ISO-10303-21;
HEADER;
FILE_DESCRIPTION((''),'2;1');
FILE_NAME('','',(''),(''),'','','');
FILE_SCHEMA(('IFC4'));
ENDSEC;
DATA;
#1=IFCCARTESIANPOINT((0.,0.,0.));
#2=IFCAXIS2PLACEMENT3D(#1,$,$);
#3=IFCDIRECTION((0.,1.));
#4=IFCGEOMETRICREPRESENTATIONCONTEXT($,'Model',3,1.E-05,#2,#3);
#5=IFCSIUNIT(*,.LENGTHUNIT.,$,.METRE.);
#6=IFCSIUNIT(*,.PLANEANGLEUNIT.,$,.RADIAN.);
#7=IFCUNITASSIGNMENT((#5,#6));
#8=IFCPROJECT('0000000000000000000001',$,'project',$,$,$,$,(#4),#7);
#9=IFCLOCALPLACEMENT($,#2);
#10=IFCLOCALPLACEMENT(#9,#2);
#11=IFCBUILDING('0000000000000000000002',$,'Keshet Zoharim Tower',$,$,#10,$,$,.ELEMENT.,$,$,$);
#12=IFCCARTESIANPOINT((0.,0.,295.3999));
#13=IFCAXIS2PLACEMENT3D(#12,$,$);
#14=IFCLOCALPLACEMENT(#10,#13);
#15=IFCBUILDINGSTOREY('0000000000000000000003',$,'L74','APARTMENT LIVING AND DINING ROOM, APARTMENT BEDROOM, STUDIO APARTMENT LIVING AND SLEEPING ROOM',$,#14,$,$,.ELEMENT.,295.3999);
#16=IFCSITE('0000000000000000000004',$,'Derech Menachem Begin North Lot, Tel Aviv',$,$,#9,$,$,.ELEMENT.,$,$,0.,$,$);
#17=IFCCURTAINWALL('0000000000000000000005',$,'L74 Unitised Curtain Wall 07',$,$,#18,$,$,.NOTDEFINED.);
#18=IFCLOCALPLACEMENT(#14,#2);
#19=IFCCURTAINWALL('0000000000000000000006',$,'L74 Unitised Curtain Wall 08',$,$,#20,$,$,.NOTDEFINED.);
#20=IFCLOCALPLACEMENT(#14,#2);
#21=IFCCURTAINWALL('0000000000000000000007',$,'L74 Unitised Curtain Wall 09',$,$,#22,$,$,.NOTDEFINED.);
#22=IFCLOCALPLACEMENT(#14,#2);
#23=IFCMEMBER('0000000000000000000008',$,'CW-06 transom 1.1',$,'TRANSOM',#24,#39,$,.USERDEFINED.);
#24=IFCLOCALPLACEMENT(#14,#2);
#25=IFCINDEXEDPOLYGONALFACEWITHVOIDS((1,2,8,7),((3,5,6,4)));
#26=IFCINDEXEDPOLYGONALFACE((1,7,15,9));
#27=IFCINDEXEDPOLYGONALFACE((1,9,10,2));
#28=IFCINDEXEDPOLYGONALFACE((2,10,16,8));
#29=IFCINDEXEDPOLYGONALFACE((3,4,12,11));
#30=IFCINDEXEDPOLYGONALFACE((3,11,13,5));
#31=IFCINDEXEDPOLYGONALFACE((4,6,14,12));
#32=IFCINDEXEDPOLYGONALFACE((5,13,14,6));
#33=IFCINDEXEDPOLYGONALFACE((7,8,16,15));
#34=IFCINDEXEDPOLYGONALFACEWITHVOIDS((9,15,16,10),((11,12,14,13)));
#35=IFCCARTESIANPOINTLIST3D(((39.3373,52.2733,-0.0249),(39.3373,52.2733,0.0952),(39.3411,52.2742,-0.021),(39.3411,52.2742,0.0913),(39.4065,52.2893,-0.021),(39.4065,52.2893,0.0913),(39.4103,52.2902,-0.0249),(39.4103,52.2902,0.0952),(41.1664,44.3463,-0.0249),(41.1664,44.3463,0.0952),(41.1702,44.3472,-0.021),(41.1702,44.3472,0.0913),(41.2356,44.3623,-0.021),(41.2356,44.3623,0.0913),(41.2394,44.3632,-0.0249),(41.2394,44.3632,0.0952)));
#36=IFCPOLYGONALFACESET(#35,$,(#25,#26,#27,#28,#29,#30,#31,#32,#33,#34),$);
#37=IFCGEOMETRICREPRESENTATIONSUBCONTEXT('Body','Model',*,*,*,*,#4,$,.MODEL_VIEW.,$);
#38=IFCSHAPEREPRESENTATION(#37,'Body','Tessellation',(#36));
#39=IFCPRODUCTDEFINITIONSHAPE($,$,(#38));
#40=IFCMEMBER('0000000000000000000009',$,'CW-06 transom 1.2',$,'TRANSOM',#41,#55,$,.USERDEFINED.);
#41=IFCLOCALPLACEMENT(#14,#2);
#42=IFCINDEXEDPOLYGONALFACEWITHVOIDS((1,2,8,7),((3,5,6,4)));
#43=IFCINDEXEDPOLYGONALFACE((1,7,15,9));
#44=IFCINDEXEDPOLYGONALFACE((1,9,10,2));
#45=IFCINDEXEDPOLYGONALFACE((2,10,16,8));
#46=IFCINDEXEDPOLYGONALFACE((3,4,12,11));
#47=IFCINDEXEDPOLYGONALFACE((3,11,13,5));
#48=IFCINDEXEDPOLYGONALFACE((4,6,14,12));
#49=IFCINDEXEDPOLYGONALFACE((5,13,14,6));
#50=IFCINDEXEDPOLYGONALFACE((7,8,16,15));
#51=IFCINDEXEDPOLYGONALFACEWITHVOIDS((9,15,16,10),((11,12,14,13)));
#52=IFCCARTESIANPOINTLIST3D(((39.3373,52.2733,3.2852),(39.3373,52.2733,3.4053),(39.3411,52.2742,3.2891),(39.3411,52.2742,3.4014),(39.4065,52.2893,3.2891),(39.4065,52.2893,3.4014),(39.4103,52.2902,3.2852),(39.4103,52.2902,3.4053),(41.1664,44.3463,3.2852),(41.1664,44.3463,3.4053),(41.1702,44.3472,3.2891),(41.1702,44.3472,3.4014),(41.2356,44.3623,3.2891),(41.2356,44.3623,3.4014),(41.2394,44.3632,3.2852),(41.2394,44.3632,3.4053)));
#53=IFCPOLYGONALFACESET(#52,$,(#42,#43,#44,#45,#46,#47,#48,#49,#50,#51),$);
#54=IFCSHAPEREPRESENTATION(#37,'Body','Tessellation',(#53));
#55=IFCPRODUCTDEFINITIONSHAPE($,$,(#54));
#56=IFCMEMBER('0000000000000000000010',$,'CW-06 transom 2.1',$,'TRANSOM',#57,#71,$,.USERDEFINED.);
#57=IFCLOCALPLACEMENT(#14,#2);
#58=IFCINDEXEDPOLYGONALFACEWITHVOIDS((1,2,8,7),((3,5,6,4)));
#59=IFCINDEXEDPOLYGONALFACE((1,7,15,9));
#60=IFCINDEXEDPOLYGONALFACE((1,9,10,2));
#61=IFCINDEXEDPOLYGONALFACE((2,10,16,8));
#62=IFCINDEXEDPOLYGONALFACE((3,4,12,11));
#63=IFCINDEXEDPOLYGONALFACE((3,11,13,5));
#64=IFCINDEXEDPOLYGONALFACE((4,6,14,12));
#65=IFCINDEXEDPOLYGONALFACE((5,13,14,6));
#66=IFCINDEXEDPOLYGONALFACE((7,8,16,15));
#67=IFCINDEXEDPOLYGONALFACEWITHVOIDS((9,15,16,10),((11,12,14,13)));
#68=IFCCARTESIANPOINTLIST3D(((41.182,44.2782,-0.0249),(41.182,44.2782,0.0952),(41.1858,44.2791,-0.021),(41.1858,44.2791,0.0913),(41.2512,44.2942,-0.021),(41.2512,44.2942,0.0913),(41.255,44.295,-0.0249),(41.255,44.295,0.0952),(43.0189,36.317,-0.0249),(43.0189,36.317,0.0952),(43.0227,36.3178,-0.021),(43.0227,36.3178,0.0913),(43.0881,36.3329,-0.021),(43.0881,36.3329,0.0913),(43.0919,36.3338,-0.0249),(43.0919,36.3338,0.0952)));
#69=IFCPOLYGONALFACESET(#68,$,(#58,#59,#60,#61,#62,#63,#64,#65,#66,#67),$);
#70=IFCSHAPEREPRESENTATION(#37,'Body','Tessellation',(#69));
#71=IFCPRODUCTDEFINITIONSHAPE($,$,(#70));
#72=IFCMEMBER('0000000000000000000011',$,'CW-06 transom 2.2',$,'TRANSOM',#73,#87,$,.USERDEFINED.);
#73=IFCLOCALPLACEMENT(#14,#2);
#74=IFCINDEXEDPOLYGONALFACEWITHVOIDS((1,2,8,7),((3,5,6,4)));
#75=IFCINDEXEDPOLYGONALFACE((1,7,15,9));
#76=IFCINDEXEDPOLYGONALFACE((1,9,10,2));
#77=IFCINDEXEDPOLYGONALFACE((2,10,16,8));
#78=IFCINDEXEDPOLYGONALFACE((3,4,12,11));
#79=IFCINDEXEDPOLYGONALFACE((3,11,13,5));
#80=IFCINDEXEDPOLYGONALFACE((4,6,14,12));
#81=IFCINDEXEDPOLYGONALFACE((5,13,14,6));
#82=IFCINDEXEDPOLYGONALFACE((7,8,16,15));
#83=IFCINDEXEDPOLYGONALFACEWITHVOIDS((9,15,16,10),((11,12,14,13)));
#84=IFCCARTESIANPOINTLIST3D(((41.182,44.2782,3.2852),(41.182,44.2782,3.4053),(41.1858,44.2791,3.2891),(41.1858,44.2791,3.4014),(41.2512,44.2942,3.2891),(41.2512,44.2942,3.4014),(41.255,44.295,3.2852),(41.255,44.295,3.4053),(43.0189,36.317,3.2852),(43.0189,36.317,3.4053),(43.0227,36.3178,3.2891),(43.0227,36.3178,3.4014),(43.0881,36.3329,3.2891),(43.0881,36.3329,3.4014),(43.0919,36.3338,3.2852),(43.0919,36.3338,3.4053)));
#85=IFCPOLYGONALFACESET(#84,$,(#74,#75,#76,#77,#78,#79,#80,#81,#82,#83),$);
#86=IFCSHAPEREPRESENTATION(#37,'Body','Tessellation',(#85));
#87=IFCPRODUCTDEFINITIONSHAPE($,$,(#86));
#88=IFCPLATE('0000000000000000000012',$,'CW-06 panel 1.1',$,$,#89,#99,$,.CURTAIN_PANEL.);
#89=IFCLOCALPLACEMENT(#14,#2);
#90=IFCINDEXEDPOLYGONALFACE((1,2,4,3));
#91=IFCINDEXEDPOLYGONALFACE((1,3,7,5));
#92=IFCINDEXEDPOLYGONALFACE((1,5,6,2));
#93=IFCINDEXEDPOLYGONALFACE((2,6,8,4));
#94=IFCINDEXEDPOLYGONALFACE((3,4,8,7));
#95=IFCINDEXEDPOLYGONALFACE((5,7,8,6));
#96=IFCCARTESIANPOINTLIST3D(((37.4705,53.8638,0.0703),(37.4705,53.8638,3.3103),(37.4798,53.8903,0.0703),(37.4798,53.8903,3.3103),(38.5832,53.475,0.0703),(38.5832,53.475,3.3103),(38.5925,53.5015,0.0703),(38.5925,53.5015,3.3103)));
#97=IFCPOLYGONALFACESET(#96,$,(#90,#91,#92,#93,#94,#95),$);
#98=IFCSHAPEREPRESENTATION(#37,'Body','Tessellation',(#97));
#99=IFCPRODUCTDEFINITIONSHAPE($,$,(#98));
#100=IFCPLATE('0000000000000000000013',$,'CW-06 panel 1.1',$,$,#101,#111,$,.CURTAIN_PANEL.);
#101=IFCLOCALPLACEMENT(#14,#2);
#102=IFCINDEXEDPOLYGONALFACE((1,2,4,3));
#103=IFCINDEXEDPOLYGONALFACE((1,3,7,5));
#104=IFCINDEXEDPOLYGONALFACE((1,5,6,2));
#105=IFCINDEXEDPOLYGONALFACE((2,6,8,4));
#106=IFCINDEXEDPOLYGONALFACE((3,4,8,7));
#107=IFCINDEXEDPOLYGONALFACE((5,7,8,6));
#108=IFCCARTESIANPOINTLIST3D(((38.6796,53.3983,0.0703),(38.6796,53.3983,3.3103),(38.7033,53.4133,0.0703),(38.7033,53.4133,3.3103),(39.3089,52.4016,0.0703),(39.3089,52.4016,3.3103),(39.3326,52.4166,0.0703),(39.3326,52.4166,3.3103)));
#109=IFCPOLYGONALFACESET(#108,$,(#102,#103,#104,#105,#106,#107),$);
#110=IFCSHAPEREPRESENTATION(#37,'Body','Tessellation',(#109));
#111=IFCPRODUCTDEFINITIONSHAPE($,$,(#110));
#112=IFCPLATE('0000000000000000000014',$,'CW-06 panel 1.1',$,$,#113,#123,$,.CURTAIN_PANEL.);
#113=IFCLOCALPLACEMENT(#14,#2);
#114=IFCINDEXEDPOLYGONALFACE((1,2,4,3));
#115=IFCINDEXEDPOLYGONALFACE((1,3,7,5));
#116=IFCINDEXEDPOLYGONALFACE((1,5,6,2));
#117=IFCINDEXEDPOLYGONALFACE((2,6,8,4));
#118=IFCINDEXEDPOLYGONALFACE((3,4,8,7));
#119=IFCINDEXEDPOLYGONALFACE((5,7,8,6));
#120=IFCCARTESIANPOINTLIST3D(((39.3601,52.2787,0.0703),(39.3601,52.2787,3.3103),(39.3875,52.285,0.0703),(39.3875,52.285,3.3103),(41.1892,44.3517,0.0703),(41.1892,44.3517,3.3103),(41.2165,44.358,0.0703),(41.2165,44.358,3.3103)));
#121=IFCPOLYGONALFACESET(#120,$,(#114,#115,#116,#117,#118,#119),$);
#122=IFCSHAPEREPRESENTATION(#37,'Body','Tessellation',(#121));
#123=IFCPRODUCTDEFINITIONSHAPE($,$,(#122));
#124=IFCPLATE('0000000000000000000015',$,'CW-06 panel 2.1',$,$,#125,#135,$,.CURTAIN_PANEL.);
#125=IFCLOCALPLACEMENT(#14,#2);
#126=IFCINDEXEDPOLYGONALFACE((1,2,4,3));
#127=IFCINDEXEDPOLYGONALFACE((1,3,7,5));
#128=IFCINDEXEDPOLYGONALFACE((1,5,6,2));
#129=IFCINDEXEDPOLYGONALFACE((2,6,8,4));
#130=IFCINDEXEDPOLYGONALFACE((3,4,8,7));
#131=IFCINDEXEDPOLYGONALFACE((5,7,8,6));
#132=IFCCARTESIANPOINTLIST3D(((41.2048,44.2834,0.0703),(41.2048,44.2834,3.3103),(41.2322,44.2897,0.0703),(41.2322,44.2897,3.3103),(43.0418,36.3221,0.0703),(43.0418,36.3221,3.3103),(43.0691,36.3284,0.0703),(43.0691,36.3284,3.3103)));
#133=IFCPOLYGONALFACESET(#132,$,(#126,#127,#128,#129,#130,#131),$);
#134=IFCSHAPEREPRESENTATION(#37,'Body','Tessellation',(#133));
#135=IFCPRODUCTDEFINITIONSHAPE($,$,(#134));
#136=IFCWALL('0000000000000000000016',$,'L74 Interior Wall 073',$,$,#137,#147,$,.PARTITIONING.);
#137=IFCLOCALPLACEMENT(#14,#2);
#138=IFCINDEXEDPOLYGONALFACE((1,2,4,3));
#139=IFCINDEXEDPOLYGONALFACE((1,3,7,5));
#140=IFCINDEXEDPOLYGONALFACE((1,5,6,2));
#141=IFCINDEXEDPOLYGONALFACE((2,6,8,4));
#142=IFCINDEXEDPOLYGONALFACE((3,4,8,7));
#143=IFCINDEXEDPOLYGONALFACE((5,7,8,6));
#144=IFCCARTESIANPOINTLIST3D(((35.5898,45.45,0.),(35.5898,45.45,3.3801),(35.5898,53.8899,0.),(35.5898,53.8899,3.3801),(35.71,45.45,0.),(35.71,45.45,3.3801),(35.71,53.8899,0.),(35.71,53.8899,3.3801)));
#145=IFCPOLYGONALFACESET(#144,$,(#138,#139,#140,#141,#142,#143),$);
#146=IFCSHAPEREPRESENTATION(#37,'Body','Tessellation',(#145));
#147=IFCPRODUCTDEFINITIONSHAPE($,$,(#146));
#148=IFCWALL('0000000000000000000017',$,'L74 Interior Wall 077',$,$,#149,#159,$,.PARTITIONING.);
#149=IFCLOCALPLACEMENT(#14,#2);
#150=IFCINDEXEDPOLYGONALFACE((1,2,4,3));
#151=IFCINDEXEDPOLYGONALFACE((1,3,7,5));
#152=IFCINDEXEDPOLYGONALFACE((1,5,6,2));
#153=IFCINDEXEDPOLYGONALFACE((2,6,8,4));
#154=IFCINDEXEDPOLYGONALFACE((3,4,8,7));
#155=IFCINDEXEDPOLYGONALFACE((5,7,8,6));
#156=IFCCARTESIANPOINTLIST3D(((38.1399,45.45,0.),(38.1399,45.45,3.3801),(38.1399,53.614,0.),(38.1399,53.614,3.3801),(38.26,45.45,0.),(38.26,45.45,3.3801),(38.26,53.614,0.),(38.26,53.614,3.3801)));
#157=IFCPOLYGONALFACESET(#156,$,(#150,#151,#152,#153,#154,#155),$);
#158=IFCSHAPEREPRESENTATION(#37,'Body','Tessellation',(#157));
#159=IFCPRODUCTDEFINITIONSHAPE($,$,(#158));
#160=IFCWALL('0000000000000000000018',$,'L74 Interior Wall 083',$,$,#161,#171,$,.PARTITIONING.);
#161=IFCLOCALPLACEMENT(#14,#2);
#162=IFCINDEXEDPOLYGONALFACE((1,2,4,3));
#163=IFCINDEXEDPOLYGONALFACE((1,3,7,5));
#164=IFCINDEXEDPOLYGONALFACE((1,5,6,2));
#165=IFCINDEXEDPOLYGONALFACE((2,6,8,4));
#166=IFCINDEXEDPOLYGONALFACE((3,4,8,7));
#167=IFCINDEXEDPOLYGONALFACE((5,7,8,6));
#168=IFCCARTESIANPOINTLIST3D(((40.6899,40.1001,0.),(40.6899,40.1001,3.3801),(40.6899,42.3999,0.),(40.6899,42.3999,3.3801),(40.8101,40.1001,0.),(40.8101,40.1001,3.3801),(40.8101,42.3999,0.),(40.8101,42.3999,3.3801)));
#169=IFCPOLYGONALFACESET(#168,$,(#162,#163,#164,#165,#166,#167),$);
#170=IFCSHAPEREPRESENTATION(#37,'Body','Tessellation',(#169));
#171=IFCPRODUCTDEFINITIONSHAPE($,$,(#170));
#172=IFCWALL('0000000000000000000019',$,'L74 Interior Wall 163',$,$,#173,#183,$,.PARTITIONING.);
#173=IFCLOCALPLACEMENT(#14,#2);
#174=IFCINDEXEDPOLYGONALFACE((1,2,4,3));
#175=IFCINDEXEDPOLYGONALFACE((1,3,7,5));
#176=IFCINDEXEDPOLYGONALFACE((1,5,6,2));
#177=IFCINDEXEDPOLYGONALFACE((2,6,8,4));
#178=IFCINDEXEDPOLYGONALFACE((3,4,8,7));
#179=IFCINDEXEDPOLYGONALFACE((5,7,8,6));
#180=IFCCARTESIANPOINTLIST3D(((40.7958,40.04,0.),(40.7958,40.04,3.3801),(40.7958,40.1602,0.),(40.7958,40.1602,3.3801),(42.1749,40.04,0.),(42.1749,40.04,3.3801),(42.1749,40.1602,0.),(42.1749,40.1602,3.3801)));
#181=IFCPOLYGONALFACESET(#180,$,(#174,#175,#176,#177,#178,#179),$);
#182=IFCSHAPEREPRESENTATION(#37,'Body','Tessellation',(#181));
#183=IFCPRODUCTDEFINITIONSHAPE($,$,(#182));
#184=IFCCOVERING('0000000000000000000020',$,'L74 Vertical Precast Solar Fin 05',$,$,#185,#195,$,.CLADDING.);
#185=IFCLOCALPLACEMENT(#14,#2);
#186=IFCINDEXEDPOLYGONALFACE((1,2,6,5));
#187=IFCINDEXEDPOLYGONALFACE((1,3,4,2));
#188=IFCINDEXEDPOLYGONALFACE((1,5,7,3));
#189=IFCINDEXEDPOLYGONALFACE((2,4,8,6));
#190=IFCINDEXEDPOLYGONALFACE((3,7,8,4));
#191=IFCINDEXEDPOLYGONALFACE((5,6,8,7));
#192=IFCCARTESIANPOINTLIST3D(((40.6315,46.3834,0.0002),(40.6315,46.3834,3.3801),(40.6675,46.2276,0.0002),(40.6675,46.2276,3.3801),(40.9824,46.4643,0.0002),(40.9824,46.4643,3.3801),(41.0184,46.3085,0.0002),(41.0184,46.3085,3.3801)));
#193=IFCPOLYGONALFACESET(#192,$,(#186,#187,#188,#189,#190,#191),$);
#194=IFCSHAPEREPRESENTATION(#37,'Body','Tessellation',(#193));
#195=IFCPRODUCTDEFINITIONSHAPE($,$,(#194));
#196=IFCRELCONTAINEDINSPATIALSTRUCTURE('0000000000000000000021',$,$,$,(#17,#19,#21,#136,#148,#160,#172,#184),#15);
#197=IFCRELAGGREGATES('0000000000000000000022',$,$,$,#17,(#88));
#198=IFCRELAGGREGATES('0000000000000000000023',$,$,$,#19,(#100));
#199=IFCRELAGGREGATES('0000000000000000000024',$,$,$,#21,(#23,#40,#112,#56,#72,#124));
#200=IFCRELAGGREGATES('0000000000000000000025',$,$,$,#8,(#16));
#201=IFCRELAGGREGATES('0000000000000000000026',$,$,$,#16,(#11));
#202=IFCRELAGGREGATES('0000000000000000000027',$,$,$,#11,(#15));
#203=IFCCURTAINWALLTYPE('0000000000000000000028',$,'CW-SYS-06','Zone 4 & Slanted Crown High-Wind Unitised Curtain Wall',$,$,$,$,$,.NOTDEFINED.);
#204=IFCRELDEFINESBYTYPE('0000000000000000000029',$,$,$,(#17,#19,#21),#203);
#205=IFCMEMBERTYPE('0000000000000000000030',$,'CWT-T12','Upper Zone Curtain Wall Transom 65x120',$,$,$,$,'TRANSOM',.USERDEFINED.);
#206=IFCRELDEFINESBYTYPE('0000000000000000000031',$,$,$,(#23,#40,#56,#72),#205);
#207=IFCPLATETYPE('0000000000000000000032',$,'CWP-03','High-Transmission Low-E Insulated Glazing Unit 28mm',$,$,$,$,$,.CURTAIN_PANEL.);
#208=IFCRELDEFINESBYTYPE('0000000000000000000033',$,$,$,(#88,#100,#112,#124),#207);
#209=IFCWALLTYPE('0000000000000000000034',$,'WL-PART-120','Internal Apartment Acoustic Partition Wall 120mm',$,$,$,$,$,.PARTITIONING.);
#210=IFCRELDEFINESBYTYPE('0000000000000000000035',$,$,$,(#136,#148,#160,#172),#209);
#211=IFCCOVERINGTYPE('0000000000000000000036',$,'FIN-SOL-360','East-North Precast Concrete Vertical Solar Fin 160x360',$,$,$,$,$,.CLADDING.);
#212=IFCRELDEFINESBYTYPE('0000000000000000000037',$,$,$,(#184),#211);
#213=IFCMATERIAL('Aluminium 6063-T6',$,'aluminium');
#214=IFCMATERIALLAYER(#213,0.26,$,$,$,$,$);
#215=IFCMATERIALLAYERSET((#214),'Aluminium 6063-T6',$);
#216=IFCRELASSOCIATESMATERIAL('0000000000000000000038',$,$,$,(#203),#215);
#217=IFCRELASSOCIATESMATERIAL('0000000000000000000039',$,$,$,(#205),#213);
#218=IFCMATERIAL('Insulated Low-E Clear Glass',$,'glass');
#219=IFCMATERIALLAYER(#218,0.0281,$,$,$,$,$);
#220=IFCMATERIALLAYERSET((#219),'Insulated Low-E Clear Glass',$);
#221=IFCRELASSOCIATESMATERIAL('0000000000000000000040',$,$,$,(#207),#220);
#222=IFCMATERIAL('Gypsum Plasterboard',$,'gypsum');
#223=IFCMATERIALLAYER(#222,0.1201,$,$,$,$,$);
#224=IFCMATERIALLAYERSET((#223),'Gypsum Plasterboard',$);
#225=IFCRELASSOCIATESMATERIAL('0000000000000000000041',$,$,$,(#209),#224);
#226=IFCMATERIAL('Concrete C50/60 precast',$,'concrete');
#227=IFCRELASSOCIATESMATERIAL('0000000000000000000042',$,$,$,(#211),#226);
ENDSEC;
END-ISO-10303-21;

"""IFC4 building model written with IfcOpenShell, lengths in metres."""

from ifc_helpers import new_model, si_unit, direction, frame, frame_2d, origin, origin_2d, place, context, subcontext, project, spatial, rectangle, hollow_rectangle, extrude, material, layer, layer_set, material_profile, profile_set, type_object, element, aggregate, save


model = new_model("IFC4")

# Units and contexts
model_context = context("Model", 3, precision=1e-05, world=origin(), true_north=direction((0.0, 1.0)))
body_context = subcontext(model_context, "Body", "Model", "MODEL_VIEW")
ifc_project = project(units=[si_unit("LENGTHUNIT", "METRE"), si_unit("PLANEANGLEUNIT", "RADIAN")], contexts=[model_context])

# Site, building, storey
site_placement = place(None, origin())
site = spatial("IfcSite", under=ifc_project, at=site_placement, Name="Derech Menachem Begin North Lot, Tel Aviv", CompositionType="ELEMENT", RefElevation=0.0)
building_placement = place(site_placement, origin())
building = spatial("IfcBuilding", under=site, at=building_placement, Name="Keshet Zoharim Tower", CompositionType="ELEMENT")
storey_placement = place(building_placement, frame((0.0, 0.0, 295.3999)))
storey = spatial("IfcBuildingStorey", under=building, at=storey_placement, Name="L74", Description="APARTMENT LIVING AND DINING ROOM, APARTMENT BEDROOM, STUDIO APARTMENT LIVING AND SLEEPING ROOM", CompositionType="ELEMENT", Elevation=295.3999)

# Shared definitions
ifc_material_1 = material(Name="Aluminium 6063-T6", Category="aluminium")
ifc_layer_1 = layer(ifc_material_1, 0.26)
ifc_layer_set_1 = layer_set([ifc_layer_1], Name="Aluminium 6063-T6")
curtain_wall_type = type_object("IfcCurtainWallType", Name="CW-SYS-06", Description="Zone 4 & Slanted Crown High-Wind Unitised Curtain Wall", PredefinedType="NOTDEFINED", material=ifc_layer_set_1)

# Curtain walls
curtain_wall_1_placement = place(storey_placement, origin())
curtain_wall_1 = element("IfcCurtainWall", 1, at=curtain_wall_1_placement, inside=storey, type_object=curtain_wall_type, Name="L74 Unitised Curtain Wall 07", PredefinedType="NOTDEFINED")
curtain_wall_2_placement = place(storey_placement, origin())
curtain_wall_2 = element("IfcCurtainWall", 2, at=curtain_wall_2_placement, inside=storey, type_object=curtain_wall_type, Name="L74 Unitised Curtain Wall 08", PredefinedType="NOTDEFINED")
curtain_wall_3_placement = place(storey_placement, origin())
curtain_wall_3 = element("IfcCurtainWall", 3, at=curtain_wall_3_placement, inside=storey, type_object=curtain_wall_type, Name="L74 Unitised Curtain Wall 09", PredefinedType="NOTDEFINED")

# Members
ifc_material_profile_1 = material_profile(ifc_material_1, hollow_rectangle(XDim=0.075, YDim=0.1201, WallThickness=0.0039, at=origin_2d()), Name="TRN-75x120")
ifc_profile_set_1 = profile_set([ifc_material_profile_1], Name="Aluminium 6063-T6")
member_type_1 = type_object("IfcMemberType", Name="CWT-T12", Description="Upper Zone Curtain Wall Transom 65x120", ElementType="TRANSOM", PredefinedType="USERDEFINED", material=ifc_profile_set_1)
member_1_placement = place(storey_placement, frame((39.3738, 52.2817, 0.0352), z_axis=(0.224835, -0.974397, 0.0), x_axis=(0.974397, 0.224835, 0.0)))
member_1 = element("IfcMember", 4, at=member_1_placement, type_object=member_type_1, Name="CW-06 transom 1.1", ObjectType="TRANSOM", PredefinedType="USERDEFINED", context=body_context, shape_type="SweptSolid", body=[
    extrude(hollow_rectangle(XDim=0.075, YDim=0.1201, WallThickness=0.0039, at=origin_2d()), origin(), (0.0, 0.0, 1.0), 8.1353),
])
member_2_placement = place(storey_placement, frame((39.3738, 52.2817, 3.3452), z_axis=(0.224835, -0.974397, 0.0), x_axis=(0.974397, 0.224835, 0.0)))
member_2 = element("IfcMember", 5, at=member_2_placement, type_object=member_type_1, Name="CW-06 transom 1.2", ObjectType="TRANSOM", PredefinedType="USERDEFINED", context=body_context, shape_type="SweptSolid", body=[
    extrude(hollow_rectangle(XDim=0.075, YDim=0.1201, WallThickness=0.0039, at=origin_2d()), origin(), (0.0, 0.0, 1.0), 8.1353),
])
member_3_placement = place(storey_placement, frame((41.2185, 44.2866, 0.0352), z_axis=(0.224827, -0.974399, 0.0), x_axis=(0.974399, 0.224827, 0.0)))
member_3 = element("IfcMember", 6, at=member_3_placement, type_object=member_type_1, Name="CW-06 transom 2.1", ObjectType="TRANSOM", PredefinedType="USERDEFINED", context=body_context, shape_type="SweptSolid", body=[
    extrude(hollow_rectangle(XDim=0.075, YDim=0.1201, WallThickness=0.0039, at=origin_2d()), origin(), (0.0, 0.0, 1.0), 8.1704),
])
member_4_placement = place(storey_placement, frame((41.2185, 44.2866, 3.3452), z_axis=(0.224827, -0.974399, 0.0), x_axis=(0.974399, 0.224827, 0.0)))
member_4 = element("IfcMember", 7, at=member_4_placement, type_object=member_type_1, Name="CW-06 transom 2.2", ObjectType="TRANSOM", PredefinedType="USERDEFINED", context=body_context, shape_type="SweptSolid", body=[
    extrude(hollow_rectangle(XDim=0.075, YDim=0.1201, WallThickness=0.0039, at=origin_2d()), origin(), (0.0, 0.0, 1.0), 8.1704),
])

# Plates
ifc_material_2 = material(Name="Insulated Low-E Clear Glass", Category="glass")
ifc_layer_2 = layer(ifc_material_2, 0.0281)
ifc_layer_set_2 = layer_set([ifc_layer_2], Name="Insulated Low-E Clear Glass")
plate_type = type_object("IfcPlateType", Name="CWP-03", Description="High-Transmission Low-E Insulated Glazing Unit 28mm", PredefinedType="CURTAIN_PANEL", material=ifc_layer_set_2)
plate_1_placement = place(storey_placement, frame((38.0315, 53.6826, 0.0703), z_axis=(0.0, 0.0, 1.0), x_axis=(0.944036, -0.329844, 0.0)))
plate_1 = element("IfcPlate", 8, at=plate_1_placement, type_object=plate_type, Name="CW-06 panel 1.1", PredefinedType="CURTAIN_PANEL", context=body_context, shape_type="SweptSolid", body=[
    extrude(rectangle(XDim=1.1787, YDim=0.0281, at=origin_2d()), origin(), (0.0, 0.0, 1.0), 3.24),
])
aggregate(curtain_wall_1, [plate_1])
plate_2_placement = place(storey_placement, frame((39.0061, 52.9075, 0.0703), z_axis=(0.0, 0.0, 1.0), x_axis=(0.533879, -0.845561, 0.0)))
plate_2 = element("IfcPlate", 9, at=plate_2_placement, type_object=plate_type, Name="CW-06 panel 1.1", PredefinedType="CURTAIN_PANEL", context=body_context, shape_type="SweptSolid", body=[
    extrude(rectangle(XDim=1.1787, YDim=0.0281, at=origin_2d()), origin(), (0.0, 0.0, 1.0), 3.24),
])
aggregate(curtain_wall_2, [plate_2])
plate_3_placement = place(storey_placement, frame((40.2883, 48.3184, 0.0703), z_axis=(0.0, 0.0, 1.0), x_axis=(0.22483, -0.974398, 0.0)))
plate_3 = element("IfcPlate", 10, at=plate_3_placement, type_object=plate_type, Name="CW-06 panel 1.1", PredefinedType="CURTAIN_PANEL", context=body_context, shape_type="SweptSolid", body=[
    extrude(rectangle(XDim=8.1353, YDim=0.0281, at=origin_2d()), origin(), (0.0, 0.0, 1.0), 3.24),
])
plate_4_placement = place(storey_placement, frame((42.137, 40.3059, 0.0703), z_axis=(0.0, 0.0, 1.0), x_axis=(0.22483, -0.974398, 0.0)))
plate_4 = element("IfcPlate", 11, at=plate_4_placement, type_object=plate_type, Name="CW-06 panel 2.1", PredefinedType="CURTAIN_PANEL", context=body_context, shape_type="SweptSolid", body=[
    extrude(rectangle(XDim=8.1704, YDim=0.0281, at=origin_2d()), origin(), (0.0, 0.0, 1.0), 3.24),
])
aggregate(curtain_wall_3, [member_1, member_2, plate_3, member_3, member_4, plate_4])

# Walls
ifc_material_3 = material(Name="Gypsum Plasterboard", Category="gypsum")
ifc_layer_3 = layer(ifc_material_3, 0.1201)
ifc_layer_set_3 = layer_set([ifc_layer_3], Name="Gypsum Plasterboard")
wall_type = type_object("IfcWallType", Name="WL-PART-120", Description="Internal Apartment Acoustic Partition Wall 120mm", PredefinedType="PARTITIONING", material=ifc_layer_set_3)
wall_1_placement = place(storey_placement, frame((35.6499, 45.45, 0.0), z_axis=(0.0, 0.0, 1.0), x_axis=(0.0, 1.0, 0.0)))
element("IfcWall", 12, at=wall_1_placement, inside=storey, type_object=wall_type, Name="L74 Interior Wall 073", PredefinedType="PARTITIONING", context=body_context, shape_type="SweptSolid", body=[
    extrude(rectangle(XDim=8.4399, YDim=0.1201, at=frame_2d((4.22, 0.0))), origin(), (0.0, 0.0, 1.0), 3.3801),
])
wall_2_placement = place(storey_placement, frame((38.2, 45.45, 0.0), z_axis=(0.0, 0.0, 1.0), x_axis=(0.0, 1.0, 0.0)))
element("IfcWall", 13, at=wall_2_placement, inside=storey, type_object=wall_type, Name="L74 Interior Wall 077", PredefinedType="PARTITIONING", context=body_context, shape_type="SweptSolid", body=[
    extrude(rectangle(XDim=8.1641, YDim=0.1201, at=frame_2d((4.082, 0.0))), origin(), (0.0, 0.0, 1.0), 3.3801),
])
wall_3_placement = place(storey_placement, frame((40.75, 40.1001, 0.0), z_axis=(0.0, 0.0, 1.0), x_axis=(0.0, 1.0, 0.0)))
element("IfcWall", 14, at=wall_3_placement, inside=storey, type_object=wall_type, Name="L74 Interior Wall 083", PredefinedType="PARTITIONING", context=body_context, shape_type="SweptSolid", body=[
    extrude(rectangle(XDim=2.2998, YDim=0.1201, at=frame_2d((1.1499, 0.0))), origin(), (0.0, 0.0, 1.0), 3.3801),
])
wall_4_placement = place(storey_placement, frame((40.7959, 40.1001, 0.0), z_axis=(0.0, 0.0, 1.0), x_axis=(1.0, 0.0, 0.0)))
element("IfcWall", 15, at=wall_4_placement, inside=storey, type_object=wall_type, Name="L74 Interior Wall 163", PredefinedType="PARTITIONING", context=body_context, shape_type="SweptSolid", body=[
    extrude(rectangle(XDim=1.3792, YDim=0.1201, at=frame_2d((0.6895, 0.0))), origin(), (0.0, 0.0, 1.0), 3.3801),
])

# Covering
ifc_material_4 = material(Name="Concrete C50/60 precast", Category="concrete")
covering_type = type_object("IfcCoveringType", Name="FIN-SOL-360", Description="East-North Precast Concrete Vertical Solar Fin 160x360", PredefinedType="CLADDING", material=ifc_material_4)
covering_placement = place(storey_placement, frame((40.825, 46.3459, 0.0002), z_axis=(0.0, 0.0, 1.0), x_axis=(0.22483, -0.974398, 0.0)))
element("IfcCovering", 16, at=covering_placement, inside=storey, type_object=covering_type, Name="L74 Vertical Precast Solar Fin 05", PredefinedType="CLADDING", context=body_context, shape_type="SweptSolid", body=[
    extrude(rectangle(XDim=0.1599, YDim=0.3601, at=origin_2d()), origin(), (0.0, 0.0, 1.0), 3.3799),
])

save(model, "model.ifc")
